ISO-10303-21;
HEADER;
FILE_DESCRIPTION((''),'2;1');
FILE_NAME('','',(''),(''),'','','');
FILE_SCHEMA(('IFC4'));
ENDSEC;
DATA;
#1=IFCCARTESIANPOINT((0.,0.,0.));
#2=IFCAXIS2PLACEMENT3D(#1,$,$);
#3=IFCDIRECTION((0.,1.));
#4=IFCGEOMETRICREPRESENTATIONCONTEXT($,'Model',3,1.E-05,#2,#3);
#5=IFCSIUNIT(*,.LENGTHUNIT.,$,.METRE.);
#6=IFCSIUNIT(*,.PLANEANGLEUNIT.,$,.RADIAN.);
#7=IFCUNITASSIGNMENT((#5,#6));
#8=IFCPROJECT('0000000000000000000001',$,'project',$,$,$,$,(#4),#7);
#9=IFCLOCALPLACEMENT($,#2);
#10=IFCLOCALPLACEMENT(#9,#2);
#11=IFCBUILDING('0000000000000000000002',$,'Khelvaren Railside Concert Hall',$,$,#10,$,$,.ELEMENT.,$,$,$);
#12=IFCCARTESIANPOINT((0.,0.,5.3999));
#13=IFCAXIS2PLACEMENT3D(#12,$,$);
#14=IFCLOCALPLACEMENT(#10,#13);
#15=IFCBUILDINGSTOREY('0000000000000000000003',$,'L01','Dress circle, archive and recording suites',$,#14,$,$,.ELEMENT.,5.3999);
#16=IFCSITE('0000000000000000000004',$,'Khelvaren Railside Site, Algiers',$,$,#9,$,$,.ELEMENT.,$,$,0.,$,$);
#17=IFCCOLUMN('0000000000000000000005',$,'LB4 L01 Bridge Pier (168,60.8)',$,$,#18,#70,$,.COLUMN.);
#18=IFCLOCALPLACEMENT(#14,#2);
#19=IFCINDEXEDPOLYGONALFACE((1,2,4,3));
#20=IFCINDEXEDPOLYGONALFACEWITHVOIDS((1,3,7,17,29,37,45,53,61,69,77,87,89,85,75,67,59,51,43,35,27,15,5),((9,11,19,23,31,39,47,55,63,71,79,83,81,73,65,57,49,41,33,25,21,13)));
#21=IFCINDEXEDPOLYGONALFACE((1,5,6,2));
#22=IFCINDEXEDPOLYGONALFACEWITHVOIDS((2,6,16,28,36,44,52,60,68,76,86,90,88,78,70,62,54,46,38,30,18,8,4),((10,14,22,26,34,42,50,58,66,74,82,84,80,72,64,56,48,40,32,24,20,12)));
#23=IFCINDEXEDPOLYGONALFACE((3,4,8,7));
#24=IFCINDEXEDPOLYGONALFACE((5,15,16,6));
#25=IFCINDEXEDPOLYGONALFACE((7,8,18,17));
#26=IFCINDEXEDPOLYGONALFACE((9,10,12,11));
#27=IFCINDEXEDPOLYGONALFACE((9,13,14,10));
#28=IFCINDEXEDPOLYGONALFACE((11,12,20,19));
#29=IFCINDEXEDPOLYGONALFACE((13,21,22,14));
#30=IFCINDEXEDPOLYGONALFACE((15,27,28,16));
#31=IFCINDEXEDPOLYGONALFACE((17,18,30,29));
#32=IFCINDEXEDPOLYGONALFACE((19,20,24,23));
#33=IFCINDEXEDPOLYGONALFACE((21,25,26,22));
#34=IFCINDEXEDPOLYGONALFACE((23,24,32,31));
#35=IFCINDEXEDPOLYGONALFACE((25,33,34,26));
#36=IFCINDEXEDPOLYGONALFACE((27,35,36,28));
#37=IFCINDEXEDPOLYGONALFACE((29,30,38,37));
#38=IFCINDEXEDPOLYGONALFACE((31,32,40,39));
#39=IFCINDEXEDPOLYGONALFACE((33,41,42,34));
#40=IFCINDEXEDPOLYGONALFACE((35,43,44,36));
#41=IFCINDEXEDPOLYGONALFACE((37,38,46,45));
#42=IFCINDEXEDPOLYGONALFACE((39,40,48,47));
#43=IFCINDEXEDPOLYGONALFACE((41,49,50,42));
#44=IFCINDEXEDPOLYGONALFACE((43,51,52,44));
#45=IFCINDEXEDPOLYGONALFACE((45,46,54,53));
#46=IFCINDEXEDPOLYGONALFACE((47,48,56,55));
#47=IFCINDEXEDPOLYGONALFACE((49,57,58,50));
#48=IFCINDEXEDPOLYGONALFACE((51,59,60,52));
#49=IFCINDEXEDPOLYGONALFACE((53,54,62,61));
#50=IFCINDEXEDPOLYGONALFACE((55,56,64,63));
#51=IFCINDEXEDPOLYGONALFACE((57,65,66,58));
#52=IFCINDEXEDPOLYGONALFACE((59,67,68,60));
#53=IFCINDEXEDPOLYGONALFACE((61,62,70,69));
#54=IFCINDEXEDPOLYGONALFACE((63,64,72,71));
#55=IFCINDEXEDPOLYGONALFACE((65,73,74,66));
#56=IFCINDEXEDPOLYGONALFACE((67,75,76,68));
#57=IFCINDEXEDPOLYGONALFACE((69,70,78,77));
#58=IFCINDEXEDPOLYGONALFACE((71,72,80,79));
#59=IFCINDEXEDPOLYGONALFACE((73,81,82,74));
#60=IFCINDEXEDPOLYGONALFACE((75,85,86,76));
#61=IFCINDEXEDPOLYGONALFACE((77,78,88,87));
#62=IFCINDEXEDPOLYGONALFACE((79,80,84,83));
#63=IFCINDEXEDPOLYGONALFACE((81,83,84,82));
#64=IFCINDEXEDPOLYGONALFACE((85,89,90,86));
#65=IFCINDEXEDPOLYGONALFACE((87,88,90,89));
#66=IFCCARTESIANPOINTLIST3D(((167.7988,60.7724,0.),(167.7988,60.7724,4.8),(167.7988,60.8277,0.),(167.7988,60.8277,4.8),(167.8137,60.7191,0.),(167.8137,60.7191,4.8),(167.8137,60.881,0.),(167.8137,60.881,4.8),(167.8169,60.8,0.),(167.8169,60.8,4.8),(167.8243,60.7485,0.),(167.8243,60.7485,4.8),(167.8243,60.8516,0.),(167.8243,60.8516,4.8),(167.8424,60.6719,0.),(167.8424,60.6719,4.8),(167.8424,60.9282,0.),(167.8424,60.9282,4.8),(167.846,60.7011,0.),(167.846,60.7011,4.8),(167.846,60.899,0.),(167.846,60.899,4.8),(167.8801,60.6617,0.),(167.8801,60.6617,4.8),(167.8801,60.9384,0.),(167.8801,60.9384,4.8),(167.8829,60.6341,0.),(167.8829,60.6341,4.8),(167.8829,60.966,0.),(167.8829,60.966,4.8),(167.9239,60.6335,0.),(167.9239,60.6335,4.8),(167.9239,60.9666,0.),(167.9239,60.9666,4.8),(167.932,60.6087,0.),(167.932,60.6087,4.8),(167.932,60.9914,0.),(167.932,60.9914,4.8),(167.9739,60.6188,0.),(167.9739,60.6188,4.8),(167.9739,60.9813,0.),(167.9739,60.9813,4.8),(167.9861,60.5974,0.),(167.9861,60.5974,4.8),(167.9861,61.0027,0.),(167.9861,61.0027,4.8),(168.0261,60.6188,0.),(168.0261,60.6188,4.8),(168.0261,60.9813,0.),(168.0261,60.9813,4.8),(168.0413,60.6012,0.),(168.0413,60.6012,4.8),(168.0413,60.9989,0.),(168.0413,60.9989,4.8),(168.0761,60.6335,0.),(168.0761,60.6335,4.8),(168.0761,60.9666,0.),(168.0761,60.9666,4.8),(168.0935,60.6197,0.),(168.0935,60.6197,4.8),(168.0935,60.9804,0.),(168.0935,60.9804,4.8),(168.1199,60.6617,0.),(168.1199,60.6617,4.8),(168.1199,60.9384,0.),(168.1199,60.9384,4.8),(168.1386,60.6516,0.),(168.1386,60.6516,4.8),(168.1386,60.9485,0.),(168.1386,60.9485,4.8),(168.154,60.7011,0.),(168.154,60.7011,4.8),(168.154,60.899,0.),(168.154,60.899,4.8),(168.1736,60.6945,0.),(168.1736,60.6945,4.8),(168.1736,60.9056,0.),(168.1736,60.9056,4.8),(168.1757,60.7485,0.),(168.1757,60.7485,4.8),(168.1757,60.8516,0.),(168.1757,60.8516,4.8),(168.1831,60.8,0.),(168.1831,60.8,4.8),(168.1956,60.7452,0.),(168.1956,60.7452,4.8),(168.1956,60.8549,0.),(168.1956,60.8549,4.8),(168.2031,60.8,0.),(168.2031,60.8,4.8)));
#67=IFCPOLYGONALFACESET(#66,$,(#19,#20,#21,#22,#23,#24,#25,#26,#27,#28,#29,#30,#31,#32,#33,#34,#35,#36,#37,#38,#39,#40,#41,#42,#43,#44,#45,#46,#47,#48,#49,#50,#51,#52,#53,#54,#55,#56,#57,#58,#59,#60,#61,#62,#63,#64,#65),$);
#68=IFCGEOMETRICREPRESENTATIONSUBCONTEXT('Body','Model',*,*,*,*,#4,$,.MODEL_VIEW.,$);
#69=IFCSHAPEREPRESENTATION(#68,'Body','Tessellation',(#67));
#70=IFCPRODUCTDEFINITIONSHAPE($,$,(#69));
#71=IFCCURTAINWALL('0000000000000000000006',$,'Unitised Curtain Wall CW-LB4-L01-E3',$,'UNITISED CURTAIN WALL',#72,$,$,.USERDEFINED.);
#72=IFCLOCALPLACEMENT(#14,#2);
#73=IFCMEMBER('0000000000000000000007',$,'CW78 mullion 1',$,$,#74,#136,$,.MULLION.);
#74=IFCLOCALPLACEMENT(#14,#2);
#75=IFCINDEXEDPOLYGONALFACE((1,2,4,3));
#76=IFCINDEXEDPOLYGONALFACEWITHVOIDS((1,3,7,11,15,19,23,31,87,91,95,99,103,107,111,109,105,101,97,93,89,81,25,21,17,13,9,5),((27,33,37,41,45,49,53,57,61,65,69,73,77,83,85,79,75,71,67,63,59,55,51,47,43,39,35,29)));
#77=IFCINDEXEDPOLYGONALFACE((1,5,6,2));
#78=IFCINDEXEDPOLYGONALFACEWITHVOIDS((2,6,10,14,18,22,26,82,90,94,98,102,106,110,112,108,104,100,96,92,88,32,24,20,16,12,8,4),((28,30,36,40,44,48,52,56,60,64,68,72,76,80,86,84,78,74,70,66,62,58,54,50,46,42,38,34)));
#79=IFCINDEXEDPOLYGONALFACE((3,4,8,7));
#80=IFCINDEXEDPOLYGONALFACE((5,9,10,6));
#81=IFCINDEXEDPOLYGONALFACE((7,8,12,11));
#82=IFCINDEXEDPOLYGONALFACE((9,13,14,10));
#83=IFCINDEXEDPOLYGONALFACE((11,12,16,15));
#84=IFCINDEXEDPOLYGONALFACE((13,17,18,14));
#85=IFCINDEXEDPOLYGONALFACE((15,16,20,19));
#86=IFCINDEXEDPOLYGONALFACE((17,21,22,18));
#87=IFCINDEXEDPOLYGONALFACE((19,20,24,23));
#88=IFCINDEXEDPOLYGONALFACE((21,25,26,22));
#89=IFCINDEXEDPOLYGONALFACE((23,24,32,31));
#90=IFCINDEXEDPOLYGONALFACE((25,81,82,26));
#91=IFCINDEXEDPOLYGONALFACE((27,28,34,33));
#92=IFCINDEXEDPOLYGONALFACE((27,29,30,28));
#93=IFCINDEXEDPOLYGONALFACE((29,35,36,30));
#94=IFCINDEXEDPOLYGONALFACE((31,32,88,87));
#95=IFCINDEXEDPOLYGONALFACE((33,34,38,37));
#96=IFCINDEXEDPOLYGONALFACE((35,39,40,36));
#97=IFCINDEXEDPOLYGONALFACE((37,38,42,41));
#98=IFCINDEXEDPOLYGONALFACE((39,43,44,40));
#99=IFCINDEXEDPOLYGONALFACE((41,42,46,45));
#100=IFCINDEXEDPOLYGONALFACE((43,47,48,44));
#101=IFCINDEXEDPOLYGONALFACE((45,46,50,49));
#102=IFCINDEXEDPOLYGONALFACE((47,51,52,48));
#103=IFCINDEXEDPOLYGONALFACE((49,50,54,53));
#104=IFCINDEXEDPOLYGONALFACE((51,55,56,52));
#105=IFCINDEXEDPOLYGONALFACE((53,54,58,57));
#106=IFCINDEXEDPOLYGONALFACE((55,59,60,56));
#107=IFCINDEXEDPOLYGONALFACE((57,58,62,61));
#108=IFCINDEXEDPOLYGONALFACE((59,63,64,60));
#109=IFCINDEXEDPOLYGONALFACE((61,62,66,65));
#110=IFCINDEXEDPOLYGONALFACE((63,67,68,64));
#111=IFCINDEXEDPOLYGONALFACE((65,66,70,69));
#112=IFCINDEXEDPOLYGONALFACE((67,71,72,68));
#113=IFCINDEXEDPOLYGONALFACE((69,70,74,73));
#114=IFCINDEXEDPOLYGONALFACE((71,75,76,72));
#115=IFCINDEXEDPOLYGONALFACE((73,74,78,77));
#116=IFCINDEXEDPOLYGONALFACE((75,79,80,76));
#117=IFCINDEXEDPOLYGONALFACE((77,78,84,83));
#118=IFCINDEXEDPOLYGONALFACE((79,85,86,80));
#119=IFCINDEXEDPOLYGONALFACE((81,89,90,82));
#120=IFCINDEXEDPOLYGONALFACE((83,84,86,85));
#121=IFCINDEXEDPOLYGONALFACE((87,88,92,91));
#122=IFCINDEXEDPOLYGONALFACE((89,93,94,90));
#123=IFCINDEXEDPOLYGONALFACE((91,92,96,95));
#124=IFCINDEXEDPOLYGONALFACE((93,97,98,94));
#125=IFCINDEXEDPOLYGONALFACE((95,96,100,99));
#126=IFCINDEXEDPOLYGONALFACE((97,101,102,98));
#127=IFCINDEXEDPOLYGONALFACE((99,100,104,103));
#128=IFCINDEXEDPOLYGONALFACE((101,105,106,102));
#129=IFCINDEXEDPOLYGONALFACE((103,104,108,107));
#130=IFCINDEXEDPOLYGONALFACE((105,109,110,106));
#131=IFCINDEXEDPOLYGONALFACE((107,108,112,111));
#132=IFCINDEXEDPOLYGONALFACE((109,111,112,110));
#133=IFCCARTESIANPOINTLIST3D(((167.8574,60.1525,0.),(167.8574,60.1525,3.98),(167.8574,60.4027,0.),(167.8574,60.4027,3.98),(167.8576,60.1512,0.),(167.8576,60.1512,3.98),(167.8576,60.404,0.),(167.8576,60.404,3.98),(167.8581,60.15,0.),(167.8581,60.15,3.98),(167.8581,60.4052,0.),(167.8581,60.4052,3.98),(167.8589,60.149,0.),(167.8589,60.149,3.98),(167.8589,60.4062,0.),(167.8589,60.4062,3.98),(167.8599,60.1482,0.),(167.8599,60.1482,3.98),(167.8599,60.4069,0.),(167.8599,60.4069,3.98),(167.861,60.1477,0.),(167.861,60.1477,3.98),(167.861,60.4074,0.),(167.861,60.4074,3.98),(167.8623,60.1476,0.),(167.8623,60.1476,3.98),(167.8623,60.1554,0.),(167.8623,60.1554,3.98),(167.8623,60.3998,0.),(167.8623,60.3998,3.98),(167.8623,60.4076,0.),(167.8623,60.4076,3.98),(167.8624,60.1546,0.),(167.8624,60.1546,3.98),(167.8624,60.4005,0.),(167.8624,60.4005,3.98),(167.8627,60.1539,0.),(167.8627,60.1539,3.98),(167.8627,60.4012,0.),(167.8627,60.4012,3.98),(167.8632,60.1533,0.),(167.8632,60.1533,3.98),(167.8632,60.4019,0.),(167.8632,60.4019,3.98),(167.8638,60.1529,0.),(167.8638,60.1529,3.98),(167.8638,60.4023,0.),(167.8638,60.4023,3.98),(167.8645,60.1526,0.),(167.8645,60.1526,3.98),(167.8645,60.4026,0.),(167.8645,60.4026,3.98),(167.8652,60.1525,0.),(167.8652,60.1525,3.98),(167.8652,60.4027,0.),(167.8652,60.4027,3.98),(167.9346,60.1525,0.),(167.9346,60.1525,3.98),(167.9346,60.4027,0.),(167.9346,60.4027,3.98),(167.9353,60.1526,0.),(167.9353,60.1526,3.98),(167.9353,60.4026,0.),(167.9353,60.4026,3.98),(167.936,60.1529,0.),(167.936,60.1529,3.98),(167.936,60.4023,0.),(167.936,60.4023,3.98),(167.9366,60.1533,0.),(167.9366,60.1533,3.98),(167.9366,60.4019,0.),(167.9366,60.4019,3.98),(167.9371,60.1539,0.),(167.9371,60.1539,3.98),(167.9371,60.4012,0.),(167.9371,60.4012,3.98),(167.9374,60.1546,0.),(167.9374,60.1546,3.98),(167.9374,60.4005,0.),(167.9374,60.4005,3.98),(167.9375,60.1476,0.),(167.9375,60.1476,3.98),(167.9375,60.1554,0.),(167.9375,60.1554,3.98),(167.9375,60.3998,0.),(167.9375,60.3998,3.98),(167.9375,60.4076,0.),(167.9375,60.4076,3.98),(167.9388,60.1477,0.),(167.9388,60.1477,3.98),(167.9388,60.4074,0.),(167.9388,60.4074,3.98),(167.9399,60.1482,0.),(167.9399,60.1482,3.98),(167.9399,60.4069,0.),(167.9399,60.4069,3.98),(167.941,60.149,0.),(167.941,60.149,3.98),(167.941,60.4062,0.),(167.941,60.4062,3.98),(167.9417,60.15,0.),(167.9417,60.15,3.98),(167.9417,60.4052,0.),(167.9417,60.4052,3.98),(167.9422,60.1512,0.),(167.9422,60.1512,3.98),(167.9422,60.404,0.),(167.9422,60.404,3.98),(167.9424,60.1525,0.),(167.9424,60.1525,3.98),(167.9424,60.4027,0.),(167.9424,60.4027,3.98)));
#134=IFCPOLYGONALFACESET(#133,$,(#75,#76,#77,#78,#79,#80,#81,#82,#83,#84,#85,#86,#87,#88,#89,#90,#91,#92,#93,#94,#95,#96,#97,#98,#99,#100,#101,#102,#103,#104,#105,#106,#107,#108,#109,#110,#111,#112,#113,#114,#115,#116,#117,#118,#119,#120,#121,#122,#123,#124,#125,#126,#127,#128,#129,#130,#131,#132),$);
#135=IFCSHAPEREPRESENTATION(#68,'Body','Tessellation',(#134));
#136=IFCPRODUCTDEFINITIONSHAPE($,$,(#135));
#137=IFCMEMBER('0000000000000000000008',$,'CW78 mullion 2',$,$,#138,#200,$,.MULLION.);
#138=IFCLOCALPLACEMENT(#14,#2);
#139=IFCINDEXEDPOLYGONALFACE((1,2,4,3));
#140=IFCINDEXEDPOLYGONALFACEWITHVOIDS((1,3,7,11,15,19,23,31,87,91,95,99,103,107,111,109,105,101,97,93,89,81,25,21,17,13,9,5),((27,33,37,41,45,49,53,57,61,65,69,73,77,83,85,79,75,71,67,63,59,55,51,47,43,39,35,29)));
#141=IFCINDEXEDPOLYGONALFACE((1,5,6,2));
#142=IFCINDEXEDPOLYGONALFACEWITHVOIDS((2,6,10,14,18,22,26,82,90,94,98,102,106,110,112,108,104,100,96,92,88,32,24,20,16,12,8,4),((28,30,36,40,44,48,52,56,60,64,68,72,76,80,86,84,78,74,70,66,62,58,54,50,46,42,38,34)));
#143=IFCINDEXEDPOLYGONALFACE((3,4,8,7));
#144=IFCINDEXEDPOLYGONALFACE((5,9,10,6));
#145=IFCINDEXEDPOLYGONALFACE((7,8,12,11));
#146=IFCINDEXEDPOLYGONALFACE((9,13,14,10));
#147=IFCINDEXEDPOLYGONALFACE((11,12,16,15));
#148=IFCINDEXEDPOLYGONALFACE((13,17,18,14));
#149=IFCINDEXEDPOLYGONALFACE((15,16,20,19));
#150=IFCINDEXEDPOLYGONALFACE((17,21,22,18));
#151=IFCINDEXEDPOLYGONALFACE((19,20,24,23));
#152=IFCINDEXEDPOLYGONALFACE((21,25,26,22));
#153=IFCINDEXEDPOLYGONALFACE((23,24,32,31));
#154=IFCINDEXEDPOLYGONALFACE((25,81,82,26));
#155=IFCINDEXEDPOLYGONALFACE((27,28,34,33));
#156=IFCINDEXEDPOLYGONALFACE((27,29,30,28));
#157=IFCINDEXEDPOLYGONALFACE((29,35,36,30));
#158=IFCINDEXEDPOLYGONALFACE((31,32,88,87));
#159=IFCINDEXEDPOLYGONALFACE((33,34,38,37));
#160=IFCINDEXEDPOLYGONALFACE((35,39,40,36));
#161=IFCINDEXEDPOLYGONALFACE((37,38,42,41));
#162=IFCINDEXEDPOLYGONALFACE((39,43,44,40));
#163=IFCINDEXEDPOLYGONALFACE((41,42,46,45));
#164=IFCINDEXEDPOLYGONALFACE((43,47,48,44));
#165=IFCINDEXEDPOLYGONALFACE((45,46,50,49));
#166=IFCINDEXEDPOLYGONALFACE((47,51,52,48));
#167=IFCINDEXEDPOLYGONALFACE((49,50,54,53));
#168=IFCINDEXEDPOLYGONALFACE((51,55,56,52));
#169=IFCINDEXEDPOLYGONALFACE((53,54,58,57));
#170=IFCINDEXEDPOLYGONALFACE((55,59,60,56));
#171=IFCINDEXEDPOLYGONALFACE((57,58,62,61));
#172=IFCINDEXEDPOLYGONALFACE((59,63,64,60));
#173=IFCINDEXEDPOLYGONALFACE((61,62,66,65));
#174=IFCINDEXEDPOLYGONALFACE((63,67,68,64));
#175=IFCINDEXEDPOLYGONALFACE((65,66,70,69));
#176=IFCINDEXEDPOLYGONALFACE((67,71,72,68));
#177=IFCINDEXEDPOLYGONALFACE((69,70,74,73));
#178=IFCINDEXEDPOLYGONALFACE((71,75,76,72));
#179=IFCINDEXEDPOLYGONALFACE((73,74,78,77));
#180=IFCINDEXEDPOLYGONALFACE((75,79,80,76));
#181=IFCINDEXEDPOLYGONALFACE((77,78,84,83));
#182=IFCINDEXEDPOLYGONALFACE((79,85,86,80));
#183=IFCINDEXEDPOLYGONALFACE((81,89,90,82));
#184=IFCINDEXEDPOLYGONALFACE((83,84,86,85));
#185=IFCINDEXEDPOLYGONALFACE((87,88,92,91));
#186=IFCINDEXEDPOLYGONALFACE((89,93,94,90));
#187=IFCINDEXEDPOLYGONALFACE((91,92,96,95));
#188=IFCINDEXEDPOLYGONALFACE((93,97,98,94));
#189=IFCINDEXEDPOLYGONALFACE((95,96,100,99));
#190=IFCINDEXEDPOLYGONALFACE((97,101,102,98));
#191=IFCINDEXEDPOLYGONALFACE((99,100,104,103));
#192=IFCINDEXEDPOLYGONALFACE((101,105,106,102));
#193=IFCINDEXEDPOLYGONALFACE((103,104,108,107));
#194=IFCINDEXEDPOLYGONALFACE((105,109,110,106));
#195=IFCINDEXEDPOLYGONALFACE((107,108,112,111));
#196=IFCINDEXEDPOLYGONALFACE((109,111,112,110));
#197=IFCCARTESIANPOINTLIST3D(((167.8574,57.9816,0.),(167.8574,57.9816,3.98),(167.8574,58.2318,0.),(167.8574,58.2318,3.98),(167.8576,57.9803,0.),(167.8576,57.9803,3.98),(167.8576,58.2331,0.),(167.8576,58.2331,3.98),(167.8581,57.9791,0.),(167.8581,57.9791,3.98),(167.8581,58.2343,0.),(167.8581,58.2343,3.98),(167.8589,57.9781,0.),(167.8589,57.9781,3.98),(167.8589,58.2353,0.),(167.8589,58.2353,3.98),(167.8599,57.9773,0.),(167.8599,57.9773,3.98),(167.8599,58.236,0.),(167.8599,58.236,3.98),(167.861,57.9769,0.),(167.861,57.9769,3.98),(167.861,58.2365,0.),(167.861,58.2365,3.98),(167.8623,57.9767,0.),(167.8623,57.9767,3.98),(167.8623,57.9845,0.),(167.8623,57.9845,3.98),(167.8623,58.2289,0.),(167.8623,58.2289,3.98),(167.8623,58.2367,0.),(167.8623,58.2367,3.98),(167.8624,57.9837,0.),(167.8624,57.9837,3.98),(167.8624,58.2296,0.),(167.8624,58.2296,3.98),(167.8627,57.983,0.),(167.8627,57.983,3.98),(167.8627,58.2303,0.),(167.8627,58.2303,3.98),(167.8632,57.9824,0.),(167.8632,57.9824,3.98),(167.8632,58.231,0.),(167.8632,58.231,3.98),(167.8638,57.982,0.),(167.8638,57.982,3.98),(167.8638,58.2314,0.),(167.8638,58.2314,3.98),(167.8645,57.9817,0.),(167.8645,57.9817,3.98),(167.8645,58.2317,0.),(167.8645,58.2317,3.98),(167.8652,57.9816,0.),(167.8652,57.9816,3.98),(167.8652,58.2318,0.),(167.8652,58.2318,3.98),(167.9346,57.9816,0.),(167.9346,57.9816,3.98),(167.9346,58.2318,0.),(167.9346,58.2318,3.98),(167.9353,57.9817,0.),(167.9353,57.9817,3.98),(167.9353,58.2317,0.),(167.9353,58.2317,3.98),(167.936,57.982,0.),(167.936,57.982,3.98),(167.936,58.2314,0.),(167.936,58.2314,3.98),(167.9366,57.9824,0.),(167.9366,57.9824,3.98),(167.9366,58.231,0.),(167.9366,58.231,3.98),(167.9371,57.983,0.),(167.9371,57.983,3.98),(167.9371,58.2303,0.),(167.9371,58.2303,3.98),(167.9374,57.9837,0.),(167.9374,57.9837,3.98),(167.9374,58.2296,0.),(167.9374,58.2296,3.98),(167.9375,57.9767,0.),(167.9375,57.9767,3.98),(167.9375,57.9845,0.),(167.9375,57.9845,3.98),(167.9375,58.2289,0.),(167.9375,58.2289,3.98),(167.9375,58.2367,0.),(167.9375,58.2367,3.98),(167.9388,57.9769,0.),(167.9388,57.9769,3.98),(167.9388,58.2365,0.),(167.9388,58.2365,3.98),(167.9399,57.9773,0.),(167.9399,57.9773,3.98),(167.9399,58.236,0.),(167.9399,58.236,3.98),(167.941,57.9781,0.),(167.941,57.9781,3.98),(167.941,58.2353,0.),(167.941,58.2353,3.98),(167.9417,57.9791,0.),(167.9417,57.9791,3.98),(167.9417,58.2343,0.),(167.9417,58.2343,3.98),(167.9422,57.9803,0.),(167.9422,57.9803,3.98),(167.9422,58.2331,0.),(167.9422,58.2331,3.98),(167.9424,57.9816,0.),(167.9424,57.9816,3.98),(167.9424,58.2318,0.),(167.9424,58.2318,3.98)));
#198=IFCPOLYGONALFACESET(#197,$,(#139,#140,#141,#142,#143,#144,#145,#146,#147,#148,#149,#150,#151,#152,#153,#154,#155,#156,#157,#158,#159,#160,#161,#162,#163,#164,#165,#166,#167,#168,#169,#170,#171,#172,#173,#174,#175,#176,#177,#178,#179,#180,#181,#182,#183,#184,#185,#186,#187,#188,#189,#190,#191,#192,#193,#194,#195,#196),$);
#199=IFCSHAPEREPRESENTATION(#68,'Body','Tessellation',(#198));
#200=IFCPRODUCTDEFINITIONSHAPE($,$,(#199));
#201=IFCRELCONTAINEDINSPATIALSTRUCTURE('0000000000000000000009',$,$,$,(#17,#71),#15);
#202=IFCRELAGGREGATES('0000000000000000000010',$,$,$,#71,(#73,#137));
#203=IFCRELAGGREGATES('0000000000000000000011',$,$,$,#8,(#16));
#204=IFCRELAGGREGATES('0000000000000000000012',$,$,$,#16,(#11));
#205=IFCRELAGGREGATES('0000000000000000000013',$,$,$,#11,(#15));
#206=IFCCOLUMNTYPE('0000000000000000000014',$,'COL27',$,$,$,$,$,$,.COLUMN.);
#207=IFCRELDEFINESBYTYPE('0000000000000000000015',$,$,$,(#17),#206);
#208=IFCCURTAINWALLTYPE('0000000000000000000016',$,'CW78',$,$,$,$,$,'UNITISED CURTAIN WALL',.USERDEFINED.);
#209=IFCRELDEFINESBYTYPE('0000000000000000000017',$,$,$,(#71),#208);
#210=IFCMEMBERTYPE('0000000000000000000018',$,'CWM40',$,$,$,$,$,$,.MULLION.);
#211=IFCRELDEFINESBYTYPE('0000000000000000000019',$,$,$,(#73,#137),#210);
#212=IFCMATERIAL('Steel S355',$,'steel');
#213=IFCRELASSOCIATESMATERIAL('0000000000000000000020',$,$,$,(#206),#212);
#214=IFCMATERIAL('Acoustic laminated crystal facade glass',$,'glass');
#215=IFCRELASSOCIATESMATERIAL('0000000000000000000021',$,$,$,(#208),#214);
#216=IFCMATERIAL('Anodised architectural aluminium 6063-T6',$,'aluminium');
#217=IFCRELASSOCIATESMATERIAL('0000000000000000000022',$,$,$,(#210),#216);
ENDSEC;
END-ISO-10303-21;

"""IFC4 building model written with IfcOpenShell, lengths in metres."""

from ifc_helpers import new_model, si_unit, direction, frame, origin, origin_2d, place, context, subcontext, project, spatial, hollow_rectangle, hollow_circle, extrude, material, material_profile, profile_set, type_object, element, aggregate, save


model = new_model("IFC4")

# Units and contexts
model_context = context("Model", 3, precision=1e-05, world=origin(), true_north=direction((0.0, 1.0)))
body_context = subcontext(model_context, "Body", "Model", "MODEL_VIEW")
ifc_project = project(units=[si_unit("LENGTHUNIT", "METRE"), si_unit("PLANEANGLEUNIT", "RADIAN")], contexts=[model_context])

# Site, building, storey
site_placement = place(None, origin())
site = spatial("IfcSite", under=ifc_project, at=site_placement, Name="Khelvaren Railside Site, Algiers", CompositionType="ELEMENT", RefElevation=0.0)
building_placement = place(site_placement, origin())
building = spatial("IfcBuilding", under=site, at=building_placement, Name="Khelvaren Railside Concert Hall", CompositionType="ELEMENT")
storey_placement = place(building_placement, frame((0.0, 0.0, 5.3999)))
storey = spatial("IfcBuildingStorey", under=building, at=storey_placement, Name="L01", Description="Dress circle, archive and recording suites", CompositionType="ELEMENT", Elevation=5.3999)

# Column
ifc_material_1 = material(Name="Steel S355", Category="steel")
ifc_material_profile_1 = material_profile(ifc_material_1, hollow_circle(Radius=0.2031, WallThickness=0.02, at=origin_2d()), Name="CHS 406.4x20")
ifc_profile_set_1 = profile_set([ifc_material_profile_1], Name="Steel S355")
column_type = type_object("IfcColumnType", Name="COL27", PredefinedType="COLUMN", material=ifc_profile_set_1)
column_placement = place(storey_placement, frame((168.0, 60.8, 0.0), z_axis=(0.0, 0.0, 1.0), x_axis=(1.0, 0.0, 0.0)))
element("IfcColumn", 1, at=column_placement, inside=storey, type_object=column_type, Name="LB4 L01 Bridge Pier (168,60.8)", PredefinedType="COLUMN", context=body_context, shape_type="SweptSolid", body=[
    extrude(hollow_circle(Radius=0.2031, WallThickness=0.02, at=origin_2d()), origin(), (0.0, 0.0, 1.0), 4.8),
])

# Curtain wall, members
ifc_material_2 = material(Name="Acoustic laminated crystal facade glass", Category="glass")
curtain_wall_type = type_object("IfcCurtainWallType", Name="CW78", ElementType="UNITISED CURTAIN WALL", PredefinedType="USERDEFINED", material=ifc_material_2)
curtain_wall_1_placement = place(storey_placement, origin())
curtain_wall_1 = element("IfcCurtainWall", 2, at=curtain_wall_1_placement, inside=storey, type_object=curtain_wall_type, Name="Unitised Curtain Wall CW-LB4-L01-E3", ObjectType="UNITISED CURTAIN WALL", PredefinedType="USERDEFINED")
ifc_material_3 = material(Name="Anodised architectural aluminium 6063-T6", Category="aluminium")
ifc_material_profile_2 = material_profile(ifc_material_3, hollow_rectangle(XDim=0.085, YDim=0.26, WallThickness=0.0049, InnerFilletRadius=0.0029, OuterFilletRadius=0.0049, at=origin_2d()), Name="CWM 85x260x5")
ifc_profile_set_2 = profile_set([ifc_material_profile_2], Name="Anodised architectural aluminium 6063-T6")
member_type_1 = type_object("IfcMemberType", Name="CWM40", PredefinedType="MULLION", material=ifc_profile_set_2)
member_1_placement = place(storey_placement, frame((167.8999, 60.2776, 0.0), z_axis=(0.0, 0.0, 1.0), x_axis=(1.0, 0.0, 0.0)))
member_1 = element("IfcMember", 3, at=member_1_placement, type_object=member_type_1, Name="CW78 mullion 1", PredefinedType="MULLION", context=body_context, shape_type="SweptSolid", body=[
    extrude(hollow_rectangle(XDim=0.085, YDim=0.26, WallThickness=0.0049, InnerFilletRadius=0.0029, OuterFilletRadius=0.0049, at=origin_2d()), origin(), (0.0, 0.0, 1.0), 3.98),
])
member_2_placement = place(storey_placement, frame((167.8999, 58.1067, 0.0), z_axis=(0.0, 0.0, 1.0), x_axis=(1.0, 0.0, 0.0)))
member_2 = element("IfcMember", 4, at=member_2_placement, type_object=member_type_1, Name="CW78 mullion 2", PredefinedType="MULLION", context=body_context, shape_type="SweptSolid", body=[
    extrude(hollow_rectangle(XDim=0.085, YDim=0.26, WallThickness=0.0049, InnerFilletRadius=0.0029, OuterFilletRadius=0.0049, at=origin_2d()), origin(), (0.0, 0.0, 1.0), 3.98),
])

aggregate(curtain_wall_1, [member_1, member_2])

save(model, "model.ifc")
